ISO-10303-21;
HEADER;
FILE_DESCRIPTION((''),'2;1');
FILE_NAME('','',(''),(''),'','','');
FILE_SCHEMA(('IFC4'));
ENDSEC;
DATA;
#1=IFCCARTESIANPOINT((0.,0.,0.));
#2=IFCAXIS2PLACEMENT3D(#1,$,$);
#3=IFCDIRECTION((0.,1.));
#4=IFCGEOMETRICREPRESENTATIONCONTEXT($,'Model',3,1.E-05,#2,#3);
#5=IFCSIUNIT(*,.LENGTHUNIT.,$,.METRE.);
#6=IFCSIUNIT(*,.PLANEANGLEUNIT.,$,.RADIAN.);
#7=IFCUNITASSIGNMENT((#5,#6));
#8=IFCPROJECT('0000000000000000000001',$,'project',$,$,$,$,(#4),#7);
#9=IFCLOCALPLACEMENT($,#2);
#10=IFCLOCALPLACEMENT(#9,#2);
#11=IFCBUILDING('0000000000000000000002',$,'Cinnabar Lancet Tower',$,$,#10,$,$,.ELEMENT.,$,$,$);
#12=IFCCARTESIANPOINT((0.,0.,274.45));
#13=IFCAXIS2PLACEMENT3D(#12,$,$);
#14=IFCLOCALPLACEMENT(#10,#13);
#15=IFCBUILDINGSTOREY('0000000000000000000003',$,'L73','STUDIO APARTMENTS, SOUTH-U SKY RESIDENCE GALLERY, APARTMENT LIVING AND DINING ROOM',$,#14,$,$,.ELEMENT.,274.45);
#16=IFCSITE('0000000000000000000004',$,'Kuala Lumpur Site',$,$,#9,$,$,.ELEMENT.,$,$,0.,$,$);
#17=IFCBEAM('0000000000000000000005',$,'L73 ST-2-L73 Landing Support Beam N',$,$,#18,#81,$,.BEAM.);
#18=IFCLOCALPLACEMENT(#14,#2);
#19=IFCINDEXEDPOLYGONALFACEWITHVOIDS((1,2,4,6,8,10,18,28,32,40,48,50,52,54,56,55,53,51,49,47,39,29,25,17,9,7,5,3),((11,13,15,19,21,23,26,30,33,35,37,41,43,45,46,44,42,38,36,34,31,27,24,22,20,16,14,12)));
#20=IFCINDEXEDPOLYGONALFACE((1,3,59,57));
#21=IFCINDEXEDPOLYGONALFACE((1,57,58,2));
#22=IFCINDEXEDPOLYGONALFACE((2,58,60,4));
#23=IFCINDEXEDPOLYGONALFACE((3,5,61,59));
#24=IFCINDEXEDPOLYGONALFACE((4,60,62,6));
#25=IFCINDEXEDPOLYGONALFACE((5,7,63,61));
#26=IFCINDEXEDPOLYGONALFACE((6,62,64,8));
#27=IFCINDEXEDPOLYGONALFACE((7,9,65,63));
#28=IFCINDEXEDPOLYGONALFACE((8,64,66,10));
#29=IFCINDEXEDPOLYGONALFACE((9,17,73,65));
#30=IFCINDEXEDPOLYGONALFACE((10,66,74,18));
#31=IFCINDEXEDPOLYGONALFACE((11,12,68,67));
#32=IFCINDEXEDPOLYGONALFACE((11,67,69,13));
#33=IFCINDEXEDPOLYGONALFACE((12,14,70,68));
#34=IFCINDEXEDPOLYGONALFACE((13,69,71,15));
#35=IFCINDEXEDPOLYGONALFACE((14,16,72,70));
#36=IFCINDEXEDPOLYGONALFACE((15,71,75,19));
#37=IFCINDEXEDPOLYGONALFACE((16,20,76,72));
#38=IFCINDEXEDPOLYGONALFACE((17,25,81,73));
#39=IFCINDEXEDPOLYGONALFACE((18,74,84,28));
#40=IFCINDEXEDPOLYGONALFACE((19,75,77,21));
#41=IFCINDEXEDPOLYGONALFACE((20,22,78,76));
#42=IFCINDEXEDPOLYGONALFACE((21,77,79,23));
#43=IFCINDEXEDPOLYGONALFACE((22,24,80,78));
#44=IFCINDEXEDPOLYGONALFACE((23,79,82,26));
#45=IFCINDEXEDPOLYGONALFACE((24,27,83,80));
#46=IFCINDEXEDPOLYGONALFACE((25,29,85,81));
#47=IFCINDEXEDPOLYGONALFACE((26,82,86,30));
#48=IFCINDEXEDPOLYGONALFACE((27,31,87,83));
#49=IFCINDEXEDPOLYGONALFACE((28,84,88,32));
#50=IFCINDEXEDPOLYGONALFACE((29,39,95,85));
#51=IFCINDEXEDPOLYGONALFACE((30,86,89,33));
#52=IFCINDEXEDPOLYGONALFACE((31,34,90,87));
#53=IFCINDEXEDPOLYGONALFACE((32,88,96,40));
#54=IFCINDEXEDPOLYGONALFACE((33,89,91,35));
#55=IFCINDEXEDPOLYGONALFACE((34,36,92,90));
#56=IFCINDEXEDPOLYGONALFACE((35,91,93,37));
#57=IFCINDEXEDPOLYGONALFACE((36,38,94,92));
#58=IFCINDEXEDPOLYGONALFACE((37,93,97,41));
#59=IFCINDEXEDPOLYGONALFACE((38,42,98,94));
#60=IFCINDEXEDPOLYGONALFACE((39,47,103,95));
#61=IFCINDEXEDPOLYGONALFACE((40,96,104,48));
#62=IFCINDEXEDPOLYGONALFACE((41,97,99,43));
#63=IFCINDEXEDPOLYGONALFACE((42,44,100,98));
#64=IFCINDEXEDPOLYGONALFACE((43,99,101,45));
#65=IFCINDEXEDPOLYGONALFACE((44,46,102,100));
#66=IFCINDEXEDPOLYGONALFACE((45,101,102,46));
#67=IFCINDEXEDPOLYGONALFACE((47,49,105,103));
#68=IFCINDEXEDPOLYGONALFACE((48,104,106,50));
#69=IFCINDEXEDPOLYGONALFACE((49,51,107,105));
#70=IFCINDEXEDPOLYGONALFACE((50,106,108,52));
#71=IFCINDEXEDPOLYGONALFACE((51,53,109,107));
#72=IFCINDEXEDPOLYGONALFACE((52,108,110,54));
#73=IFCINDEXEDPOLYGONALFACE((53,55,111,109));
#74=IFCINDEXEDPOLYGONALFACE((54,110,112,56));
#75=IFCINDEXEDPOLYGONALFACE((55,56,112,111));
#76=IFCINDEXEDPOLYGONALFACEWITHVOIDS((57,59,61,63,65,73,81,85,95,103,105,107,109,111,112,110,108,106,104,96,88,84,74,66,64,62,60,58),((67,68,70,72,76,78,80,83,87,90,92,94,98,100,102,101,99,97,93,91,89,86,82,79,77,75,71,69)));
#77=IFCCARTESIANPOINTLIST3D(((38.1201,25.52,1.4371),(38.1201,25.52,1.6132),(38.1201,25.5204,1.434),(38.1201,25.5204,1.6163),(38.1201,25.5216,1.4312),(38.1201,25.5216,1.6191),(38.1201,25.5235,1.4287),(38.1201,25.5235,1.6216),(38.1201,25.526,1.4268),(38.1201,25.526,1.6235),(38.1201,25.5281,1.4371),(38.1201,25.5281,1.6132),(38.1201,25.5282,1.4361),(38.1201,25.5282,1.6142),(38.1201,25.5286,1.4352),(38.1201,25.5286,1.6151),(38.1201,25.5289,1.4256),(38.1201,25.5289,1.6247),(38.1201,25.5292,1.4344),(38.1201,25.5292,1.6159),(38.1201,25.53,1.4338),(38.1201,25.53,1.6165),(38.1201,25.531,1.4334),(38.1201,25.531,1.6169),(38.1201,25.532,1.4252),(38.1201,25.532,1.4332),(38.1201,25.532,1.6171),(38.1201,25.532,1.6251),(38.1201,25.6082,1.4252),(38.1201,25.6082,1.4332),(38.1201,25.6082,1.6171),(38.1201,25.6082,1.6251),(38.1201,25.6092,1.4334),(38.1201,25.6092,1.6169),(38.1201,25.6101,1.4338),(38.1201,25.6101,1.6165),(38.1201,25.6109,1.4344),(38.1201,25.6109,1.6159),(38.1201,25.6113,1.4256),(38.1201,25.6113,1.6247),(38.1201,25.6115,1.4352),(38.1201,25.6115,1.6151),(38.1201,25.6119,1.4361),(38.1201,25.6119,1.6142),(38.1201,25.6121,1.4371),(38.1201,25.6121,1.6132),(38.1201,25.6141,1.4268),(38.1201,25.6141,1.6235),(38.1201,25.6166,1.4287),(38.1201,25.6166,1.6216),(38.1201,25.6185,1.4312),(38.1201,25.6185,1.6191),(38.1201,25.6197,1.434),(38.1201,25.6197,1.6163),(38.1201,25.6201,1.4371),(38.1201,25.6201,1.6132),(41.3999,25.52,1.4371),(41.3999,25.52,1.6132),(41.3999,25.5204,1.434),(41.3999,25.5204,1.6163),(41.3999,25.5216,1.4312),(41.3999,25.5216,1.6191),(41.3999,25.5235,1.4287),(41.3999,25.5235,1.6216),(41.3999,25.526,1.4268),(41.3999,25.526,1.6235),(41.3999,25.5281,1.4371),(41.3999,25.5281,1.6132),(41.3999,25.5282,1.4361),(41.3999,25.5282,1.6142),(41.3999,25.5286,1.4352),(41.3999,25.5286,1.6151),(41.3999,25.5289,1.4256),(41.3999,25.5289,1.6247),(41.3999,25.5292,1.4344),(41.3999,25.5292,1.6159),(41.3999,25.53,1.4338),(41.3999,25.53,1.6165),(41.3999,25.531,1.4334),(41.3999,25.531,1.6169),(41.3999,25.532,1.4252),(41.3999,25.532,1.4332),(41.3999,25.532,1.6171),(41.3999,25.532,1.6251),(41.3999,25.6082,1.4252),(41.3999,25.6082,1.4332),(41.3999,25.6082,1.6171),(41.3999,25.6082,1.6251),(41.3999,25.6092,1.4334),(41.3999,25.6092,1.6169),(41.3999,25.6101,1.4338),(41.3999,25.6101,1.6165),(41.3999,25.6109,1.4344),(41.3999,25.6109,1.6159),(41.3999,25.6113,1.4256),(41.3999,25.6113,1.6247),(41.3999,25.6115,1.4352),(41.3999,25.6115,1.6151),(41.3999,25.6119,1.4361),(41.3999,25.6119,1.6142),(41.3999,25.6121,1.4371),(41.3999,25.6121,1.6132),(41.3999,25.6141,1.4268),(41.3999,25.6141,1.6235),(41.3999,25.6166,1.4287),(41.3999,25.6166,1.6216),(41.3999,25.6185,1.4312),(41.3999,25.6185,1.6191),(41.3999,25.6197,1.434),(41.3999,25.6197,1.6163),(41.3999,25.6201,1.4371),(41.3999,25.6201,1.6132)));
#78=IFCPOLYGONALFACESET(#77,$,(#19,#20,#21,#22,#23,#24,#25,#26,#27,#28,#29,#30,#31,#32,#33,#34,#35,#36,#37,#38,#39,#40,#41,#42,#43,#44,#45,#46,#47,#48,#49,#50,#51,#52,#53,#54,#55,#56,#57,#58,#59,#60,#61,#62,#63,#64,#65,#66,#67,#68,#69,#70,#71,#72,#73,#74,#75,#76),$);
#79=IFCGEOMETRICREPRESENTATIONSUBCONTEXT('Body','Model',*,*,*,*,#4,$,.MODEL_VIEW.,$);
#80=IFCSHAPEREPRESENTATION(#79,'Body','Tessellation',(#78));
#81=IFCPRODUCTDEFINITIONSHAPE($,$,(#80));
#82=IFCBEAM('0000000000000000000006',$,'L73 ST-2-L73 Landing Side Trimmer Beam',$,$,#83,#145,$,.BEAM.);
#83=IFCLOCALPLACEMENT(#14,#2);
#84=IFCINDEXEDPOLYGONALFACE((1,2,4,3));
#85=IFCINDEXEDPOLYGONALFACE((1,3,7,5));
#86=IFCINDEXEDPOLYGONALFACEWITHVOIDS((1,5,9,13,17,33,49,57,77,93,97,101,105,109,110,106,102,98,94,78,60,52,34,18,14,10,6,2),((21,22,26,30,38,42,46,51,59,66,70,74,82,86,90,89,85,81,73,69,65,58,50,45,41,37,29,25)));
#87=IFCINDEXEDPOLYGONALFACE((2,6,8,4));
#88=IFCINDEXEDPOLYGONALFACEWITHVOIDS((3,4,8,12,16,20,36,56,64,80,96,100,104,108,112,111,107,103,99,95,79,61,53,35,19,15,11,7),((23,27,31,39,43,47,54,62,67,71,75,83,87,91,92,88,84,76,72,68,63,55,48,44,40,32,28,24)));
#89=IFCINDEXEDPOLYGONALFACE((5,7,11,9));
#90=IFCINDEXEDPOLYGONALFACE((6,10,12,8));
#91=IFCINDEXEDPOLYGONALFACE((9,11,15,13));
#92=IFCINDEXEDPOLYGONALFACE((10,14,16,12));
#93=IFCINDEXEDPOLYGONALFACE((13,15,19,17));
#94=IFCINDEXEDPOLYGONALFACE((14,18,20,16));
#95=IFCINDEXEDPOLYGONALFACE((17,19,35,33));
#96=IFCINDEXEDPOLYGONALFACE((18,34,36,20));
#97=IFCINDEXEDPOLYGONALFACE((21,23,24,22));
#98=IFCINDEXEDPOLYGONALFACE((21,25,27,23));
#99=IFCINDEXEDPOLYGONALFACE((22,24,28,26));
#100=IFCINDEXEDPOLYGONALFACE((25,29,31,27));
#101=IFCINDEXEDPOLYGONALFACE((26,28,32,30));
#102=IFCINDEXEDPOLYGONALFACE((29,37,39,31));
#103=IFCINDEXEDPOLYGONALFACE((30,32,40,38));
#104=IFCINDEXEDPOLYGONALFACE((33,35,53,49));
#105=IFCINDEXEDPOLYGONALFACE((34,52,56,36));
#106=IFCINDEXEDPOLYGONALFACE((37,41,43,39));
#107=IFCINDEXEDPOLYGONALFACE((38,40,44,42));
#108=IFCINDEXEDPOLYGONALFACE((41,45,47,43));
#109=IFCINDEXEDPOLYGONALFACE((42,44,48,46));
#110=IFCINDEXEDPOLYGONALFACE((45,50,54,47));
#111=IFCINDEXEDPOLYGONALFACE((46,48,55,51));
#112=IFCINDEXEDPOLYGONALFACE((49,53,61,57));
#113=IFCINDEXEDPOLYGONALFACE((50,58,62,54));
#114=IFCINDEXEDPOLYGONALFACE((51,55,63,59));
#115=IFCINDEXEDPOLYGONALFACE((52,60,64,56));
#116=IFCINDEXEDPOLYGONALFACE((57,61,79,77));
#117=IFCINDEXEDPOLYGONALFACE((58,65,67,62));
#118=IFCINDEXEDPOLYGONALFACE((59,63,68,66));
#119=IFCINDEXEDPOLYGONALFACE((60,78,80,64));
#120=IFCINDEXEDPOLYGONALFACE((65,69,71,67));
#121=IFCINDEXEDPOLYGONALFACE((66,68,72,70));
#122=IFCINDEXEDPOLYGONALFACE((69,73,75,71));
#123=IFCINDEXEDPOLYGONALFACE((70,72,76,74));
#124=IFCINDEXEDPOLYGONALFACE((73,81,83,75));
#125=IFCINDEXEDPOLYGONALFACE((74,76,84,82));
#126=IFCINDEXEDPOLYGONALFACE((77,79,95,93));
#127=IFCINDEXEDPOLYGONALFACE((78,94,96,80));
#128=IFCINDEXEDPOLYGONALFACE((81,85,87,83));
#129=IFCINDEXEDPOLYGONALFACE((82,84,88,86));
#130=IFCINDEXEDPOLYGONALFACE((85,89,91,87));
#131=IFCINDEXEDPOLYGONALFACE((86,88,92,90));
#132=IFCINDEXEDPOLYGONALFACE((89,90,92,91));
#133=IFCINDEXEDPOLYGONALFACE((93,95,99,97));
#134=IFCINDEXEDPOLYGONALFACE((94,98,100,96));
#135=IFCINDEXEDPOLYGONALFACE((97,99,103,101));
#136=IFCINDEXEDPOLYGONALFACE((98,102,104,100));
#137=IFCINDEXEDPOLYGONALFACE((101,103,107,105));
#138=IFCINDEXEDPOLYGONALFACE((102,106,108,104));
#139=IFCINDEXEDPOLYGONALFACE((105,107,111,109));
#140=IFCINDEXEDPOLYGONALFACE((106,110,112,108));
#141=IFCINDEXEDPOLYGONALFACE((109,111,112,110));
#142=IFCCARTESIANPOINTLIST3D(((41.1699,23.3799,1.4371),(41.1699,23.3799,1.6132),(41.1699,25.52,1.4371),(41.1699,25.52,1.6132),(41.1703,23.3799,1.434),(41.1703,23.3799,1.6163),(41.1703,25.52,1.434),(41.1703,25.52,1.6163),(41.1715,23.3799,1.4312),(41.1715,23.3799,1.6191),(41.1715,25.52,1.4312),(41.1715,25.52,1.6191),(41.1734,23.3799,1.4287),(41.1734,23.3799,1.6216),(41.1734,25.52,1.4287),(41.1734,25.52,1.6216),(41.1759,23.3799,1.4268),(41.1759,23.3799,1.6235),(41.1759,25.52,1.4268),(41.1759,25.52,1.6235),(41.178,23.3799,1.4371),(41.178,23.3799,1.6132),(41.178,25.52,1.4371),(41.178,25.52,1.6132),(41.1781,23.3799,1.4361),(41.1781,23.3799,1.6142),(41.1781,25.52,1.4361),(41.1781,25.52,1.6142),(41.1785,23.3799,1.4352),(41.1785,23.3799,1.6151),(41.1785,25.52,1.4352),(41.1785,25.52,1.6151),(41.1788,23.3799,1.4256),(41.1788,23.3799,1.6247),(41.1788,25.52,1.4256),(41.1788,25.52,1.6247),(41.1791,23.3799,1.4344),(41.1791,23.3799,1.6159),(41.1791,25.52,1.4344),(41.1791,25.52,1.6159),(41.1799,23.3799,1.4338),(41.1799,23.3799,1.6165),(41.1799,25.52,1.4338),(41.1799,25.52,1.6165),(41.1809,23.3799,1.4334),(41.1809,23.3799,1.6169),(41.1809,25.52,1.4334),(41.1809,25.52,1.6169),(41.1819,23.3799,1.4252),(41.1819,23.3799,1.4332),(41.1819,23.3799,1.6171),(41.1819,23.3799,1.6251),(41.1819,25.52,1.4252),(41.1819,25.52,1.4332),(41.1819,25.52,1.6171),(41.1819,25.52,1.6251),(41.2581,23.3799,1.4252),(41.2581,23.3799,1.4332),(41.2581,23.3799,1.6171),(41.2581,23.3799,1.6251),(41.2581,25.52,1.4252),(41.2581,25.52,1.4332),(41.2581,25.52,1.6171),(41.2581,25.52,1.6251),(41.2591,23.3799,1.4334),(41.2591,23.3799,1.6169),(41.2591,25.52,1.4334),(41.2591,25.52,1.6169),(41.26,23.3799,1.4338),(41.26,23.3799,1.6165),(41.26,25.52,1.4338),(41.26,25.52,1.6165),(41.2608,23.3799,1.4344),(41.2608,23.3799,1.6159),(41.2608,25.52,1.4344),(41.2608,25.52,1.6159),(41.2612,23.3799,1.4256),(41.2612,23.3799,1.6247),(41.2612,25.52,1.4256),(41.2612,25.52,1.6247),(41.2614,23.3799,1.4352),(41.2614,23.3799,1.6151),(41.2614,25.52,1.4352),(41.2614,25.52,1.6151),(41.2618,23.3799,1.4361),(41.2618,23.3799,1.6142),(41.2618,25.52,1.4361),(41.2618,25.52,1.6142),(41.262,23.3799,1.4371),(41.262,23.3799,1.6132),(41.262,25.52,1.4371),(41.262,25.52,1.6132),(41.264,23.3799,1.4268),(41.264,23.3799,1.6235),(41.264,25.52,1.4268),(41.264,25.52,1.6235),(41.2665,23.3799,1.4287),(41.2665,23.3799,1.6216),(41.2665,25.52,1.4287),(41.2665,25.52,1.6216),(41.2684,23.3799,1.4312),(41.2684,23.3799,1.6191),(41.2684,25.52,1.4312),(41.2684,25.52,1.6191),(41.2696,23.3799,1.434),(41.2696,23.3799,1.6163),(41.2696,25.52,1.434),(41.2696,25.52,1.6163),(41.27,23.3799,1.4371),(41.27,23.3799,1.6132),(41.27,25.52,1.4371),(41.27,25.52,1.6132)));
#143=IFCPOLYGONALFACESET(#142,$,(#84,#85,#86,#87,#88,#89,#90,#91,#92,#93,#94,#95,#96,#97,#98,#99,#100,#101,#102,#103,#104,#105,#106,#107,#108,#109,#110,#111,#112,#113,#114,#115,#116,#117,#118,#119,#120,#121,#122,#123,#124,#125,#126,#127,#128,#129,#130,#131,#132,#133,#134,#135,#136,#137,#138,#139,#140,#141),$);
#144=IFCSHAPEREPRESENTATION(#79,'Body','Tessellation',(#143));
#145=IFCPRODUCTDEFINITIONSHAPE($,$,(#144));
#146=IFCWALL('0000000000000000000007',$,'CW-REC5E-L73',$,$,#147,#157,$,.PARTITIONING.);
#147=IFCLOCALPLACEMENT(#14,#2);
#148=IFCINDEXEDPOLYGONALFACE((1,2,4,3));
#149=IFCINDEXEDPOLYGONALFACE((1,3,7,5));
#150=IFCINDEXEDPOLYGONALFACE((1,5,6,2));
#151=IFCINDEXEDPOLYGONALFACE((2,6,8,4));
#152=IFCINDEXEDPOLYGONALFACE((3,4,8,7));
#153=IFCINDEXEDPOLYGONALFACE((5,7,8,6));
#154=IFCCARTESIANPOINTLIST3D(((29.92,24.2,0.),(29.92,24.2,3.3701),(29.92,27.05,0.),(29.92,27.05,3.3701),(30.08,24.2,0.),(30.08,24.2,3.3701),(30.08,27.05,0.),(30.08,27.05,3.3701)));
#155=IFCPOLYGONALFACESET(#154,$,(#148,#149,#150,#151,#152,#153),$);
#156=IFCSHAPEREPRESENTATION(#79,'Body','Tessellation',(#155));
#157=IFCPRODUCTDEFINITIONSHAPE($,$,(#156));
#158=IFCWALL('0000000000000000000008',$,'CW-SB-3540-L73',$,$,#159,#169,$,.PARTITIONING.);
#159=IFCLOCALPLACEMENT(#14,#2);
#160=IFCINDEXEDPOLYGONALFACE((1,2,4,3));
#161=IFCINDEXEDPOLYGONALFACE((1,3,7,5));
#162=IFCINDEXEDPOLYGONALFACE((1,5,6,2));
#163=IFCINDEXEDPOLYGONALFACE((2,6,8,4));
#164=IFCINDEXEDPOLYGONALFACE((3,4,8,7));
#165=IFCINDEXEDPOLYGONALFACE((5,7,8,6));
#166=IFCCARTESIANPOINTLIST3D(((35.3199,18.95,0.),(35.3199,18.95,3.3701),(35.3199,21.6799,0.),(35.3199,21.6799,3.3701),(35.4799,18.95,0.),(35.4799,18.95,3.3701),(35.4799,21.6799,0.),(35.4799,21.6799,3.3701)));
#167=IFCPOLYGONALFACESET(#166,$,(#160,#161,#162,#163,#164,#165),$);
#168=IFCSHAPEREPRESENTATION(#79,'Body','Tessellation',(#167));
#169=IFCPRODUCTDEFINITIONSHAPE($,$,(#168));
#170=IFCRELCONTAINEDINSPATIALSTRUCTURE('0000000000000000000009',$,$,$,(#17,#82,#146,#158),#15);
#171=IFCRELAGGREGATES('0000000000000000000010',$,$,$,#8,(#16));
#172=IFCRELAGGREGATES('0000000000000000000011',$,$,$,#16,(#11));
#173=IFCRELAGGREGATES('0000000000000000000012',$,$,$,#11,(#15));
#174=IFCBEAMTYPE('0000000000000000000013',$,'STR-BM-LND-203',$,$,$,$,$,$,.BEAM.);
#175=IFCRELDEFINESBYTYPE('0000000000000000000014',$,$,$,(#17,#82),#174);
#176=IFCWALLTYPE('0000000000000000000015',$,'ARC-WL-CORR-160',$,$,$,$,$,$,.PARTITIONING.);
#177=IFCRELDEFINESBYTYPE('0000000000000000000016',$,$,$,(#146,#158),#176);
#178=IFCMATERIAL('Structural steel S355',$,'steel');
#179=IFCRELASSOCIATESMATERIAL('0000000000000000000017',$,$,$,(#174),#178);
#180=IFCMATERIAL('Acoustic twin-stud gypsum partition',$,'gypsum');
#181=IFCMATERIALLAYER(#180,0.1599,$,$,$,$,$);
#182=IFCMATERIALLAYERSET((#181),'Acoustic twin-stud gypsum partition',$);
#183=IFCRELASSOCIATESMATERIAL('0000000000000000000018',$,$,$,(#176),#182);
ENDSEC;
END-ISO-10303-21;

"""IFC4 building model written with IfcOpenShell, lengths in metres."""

from ifc_helpers import new_model, si_unit, direction, frame, frame_2d, origin, origin_2d, place, context, subcontext, project, spatial, rectangle, hollow_rectangle, extrude, material, layer, layer_set, material_profile, profile_set, type_object, element, save


model = new_model("IFC4")

# Units and contexts
model_context = context("Model", 3, precision=1e-05, world=origin(), true_north=direction((0.0, 1.0)))
body_context = subcontext(model_context, "Body", "Model", "MODEL_VIEW")
ifc_project = project(units=[si_unit("LENGTHUNIT", "METRE"), si_unit("PLANEANGLEUNIT", "RADIAN")], contexts=[model_context])

# Site, building, storey
site_placement = place(None, origin())
site = spatial("IfcSite", under=ifc_project, at=site_placement, Name="Kuala Lumpur Site", CompositionType="ELEMENT", RefElevation=0.0)
building_placement = place(site_placement, origin())
building = spatial("IfcBuilding", under=site, at=building_placement, Name="Cinnabar Lancet Tower", CompositionType="ELEMENT")
storey_placement = place(building_placement, frame((0.0, 0.0, 274.45)))
storey = spatial("IfcBuildingStorey", under=building, at=storey_placement, Name="L73", Description="STUDIO APARTMENTS, SOUTH-U SKY RESIDENCE GALLERY, APARTMENT LIVING AND DINING ROOM", CompositionType="ELEMENT", Elevation=274.45)

# Beams
ifc_material_1 = material(Name="Structural steel S355", Category="steel")
ifc_material_profile_1 = material_profile(ifc_material_1, hollow_rectangle(XDim=0.1001, YDim=0.2, WallThickness=0.0081, InnerFilletRadius=0.0039, OuterFilletRadius=0.012, at=origin_2d()), Name="RHS 200x100x8")
ifc_profile_set_1 = profile_set([ifc_material_profile_1], Name="Structural steel S355")
beam_type_1 = type_object("IfcBeamType", Name="STR-BM-LND-203", PredefinedType="BEAM", material=ifc_profile_set_1)
for number, where, z_axis, x_axis, name in (
    (1, (38.1201, 25.5701, 1.5251), (1.0, 0.0, 0.0), (0.0, 1.0, 0.0), "L73 ST-2-L73 Landing Support Beam N"),
):
    element("IfcBeam", number, at=place(storey_placement, frame(where, z_axis=z_axis, x_axis=x_axis)), inside=storey, type_object=beam_type_1, Name=name, PredefinedType="BEAM", context=body_context, shape_type="SweptSolid", body=[
        extrude(hollow_rectangle(XDim=0.1001, YDim=0.2, WallThickness=0.0081, InnerFilletRadius=0.0039, OuterFilletRadius=0.012, at=origin_2d()), origin(), (0.0, 0.0, 1.0), 3.2798),
    ])
beam_1_placement = place(storey_placement, frame((41.22, 23.3799, 1.5251), z_axis=(0.0, 1.0, 0.0), x_axis=(-1.0, 0.0, 0.0)))
element("IfcBeam", 2, at=beam_1_placement, inside=storey, type_object=beam_type_1, Name="L73 ST-2-L73 Landing Side Trimmer Beam", PredefinedType="BEAM", context=body_context, shape_type="SweptSolid", body=[
    extrude(hollow_rectangle(XDim=0.1001, YDim=0.2, WallThickness=0.0081, InnerFilletRadius=0.0039, OuterFilletRadius=0.012, at=origin_2d()), origin(), (0.0, 0.0, 1.0), 2.1401),
])

# Walls
ifc_material_2 = material(Name="Acoustic twin-stud gypsum partition", Category="gypsum")
ifc_layer_1 = layer(ifc_material_2, 0.1599)
ifc_layer_set_1 = layer_set([ifc_layer_1], Name="Acoustic twin-stud gypsum partition")
wall_type_1 = type_object("IfcWallType", Name="ARC-WL-CORR-160", PredefinedType="PARTITIONING", material=ifc_layer_set_1)
wall_1_placement = place(storey_placement, frame((30.0, 24.2, 0.0), z_axis=(0.0, 0.0, 1.0), x_axis=(0.0, 1.0, 0.0)))
element("IfcWall", 3, at=wall_1_placement, inside=storey, type_object=wall_type_1, Name="CW-REC5E-L73", PredefinedType="PARTITIONING", context=body_context, shape_type="SweptSolid", body=[
    extrude(rectangle(XDim=2.8501, YDim=0.1599, at=frame_2d((1.425, 0.0))), origin(), (0.0, 0.0, 1.0), 3.3701),
])
wall_2_placement = place(storey_placement, frame((35.3999, 18.95, 0.0), z_axis=(0.0, 0.0, 1.0), x_axis=(0.0, 1.0, 0.0)))
element("IfcWall", 4, at=wall_2_placement, inside=storey, type_object=wall_type_1, Name="CW-SB-3540-L73", PredefinedType="PARTITIONING", context=body_context, shape_type="SweptSolid", body=[
    extrude(rectangle(XDim=2.73, YDim=0.1599, at=frame_2d((1.365, 0.0))), origin(), (0.0, 0.0, 1.0), 3.3701),
])

save(model, "model.ifc")
